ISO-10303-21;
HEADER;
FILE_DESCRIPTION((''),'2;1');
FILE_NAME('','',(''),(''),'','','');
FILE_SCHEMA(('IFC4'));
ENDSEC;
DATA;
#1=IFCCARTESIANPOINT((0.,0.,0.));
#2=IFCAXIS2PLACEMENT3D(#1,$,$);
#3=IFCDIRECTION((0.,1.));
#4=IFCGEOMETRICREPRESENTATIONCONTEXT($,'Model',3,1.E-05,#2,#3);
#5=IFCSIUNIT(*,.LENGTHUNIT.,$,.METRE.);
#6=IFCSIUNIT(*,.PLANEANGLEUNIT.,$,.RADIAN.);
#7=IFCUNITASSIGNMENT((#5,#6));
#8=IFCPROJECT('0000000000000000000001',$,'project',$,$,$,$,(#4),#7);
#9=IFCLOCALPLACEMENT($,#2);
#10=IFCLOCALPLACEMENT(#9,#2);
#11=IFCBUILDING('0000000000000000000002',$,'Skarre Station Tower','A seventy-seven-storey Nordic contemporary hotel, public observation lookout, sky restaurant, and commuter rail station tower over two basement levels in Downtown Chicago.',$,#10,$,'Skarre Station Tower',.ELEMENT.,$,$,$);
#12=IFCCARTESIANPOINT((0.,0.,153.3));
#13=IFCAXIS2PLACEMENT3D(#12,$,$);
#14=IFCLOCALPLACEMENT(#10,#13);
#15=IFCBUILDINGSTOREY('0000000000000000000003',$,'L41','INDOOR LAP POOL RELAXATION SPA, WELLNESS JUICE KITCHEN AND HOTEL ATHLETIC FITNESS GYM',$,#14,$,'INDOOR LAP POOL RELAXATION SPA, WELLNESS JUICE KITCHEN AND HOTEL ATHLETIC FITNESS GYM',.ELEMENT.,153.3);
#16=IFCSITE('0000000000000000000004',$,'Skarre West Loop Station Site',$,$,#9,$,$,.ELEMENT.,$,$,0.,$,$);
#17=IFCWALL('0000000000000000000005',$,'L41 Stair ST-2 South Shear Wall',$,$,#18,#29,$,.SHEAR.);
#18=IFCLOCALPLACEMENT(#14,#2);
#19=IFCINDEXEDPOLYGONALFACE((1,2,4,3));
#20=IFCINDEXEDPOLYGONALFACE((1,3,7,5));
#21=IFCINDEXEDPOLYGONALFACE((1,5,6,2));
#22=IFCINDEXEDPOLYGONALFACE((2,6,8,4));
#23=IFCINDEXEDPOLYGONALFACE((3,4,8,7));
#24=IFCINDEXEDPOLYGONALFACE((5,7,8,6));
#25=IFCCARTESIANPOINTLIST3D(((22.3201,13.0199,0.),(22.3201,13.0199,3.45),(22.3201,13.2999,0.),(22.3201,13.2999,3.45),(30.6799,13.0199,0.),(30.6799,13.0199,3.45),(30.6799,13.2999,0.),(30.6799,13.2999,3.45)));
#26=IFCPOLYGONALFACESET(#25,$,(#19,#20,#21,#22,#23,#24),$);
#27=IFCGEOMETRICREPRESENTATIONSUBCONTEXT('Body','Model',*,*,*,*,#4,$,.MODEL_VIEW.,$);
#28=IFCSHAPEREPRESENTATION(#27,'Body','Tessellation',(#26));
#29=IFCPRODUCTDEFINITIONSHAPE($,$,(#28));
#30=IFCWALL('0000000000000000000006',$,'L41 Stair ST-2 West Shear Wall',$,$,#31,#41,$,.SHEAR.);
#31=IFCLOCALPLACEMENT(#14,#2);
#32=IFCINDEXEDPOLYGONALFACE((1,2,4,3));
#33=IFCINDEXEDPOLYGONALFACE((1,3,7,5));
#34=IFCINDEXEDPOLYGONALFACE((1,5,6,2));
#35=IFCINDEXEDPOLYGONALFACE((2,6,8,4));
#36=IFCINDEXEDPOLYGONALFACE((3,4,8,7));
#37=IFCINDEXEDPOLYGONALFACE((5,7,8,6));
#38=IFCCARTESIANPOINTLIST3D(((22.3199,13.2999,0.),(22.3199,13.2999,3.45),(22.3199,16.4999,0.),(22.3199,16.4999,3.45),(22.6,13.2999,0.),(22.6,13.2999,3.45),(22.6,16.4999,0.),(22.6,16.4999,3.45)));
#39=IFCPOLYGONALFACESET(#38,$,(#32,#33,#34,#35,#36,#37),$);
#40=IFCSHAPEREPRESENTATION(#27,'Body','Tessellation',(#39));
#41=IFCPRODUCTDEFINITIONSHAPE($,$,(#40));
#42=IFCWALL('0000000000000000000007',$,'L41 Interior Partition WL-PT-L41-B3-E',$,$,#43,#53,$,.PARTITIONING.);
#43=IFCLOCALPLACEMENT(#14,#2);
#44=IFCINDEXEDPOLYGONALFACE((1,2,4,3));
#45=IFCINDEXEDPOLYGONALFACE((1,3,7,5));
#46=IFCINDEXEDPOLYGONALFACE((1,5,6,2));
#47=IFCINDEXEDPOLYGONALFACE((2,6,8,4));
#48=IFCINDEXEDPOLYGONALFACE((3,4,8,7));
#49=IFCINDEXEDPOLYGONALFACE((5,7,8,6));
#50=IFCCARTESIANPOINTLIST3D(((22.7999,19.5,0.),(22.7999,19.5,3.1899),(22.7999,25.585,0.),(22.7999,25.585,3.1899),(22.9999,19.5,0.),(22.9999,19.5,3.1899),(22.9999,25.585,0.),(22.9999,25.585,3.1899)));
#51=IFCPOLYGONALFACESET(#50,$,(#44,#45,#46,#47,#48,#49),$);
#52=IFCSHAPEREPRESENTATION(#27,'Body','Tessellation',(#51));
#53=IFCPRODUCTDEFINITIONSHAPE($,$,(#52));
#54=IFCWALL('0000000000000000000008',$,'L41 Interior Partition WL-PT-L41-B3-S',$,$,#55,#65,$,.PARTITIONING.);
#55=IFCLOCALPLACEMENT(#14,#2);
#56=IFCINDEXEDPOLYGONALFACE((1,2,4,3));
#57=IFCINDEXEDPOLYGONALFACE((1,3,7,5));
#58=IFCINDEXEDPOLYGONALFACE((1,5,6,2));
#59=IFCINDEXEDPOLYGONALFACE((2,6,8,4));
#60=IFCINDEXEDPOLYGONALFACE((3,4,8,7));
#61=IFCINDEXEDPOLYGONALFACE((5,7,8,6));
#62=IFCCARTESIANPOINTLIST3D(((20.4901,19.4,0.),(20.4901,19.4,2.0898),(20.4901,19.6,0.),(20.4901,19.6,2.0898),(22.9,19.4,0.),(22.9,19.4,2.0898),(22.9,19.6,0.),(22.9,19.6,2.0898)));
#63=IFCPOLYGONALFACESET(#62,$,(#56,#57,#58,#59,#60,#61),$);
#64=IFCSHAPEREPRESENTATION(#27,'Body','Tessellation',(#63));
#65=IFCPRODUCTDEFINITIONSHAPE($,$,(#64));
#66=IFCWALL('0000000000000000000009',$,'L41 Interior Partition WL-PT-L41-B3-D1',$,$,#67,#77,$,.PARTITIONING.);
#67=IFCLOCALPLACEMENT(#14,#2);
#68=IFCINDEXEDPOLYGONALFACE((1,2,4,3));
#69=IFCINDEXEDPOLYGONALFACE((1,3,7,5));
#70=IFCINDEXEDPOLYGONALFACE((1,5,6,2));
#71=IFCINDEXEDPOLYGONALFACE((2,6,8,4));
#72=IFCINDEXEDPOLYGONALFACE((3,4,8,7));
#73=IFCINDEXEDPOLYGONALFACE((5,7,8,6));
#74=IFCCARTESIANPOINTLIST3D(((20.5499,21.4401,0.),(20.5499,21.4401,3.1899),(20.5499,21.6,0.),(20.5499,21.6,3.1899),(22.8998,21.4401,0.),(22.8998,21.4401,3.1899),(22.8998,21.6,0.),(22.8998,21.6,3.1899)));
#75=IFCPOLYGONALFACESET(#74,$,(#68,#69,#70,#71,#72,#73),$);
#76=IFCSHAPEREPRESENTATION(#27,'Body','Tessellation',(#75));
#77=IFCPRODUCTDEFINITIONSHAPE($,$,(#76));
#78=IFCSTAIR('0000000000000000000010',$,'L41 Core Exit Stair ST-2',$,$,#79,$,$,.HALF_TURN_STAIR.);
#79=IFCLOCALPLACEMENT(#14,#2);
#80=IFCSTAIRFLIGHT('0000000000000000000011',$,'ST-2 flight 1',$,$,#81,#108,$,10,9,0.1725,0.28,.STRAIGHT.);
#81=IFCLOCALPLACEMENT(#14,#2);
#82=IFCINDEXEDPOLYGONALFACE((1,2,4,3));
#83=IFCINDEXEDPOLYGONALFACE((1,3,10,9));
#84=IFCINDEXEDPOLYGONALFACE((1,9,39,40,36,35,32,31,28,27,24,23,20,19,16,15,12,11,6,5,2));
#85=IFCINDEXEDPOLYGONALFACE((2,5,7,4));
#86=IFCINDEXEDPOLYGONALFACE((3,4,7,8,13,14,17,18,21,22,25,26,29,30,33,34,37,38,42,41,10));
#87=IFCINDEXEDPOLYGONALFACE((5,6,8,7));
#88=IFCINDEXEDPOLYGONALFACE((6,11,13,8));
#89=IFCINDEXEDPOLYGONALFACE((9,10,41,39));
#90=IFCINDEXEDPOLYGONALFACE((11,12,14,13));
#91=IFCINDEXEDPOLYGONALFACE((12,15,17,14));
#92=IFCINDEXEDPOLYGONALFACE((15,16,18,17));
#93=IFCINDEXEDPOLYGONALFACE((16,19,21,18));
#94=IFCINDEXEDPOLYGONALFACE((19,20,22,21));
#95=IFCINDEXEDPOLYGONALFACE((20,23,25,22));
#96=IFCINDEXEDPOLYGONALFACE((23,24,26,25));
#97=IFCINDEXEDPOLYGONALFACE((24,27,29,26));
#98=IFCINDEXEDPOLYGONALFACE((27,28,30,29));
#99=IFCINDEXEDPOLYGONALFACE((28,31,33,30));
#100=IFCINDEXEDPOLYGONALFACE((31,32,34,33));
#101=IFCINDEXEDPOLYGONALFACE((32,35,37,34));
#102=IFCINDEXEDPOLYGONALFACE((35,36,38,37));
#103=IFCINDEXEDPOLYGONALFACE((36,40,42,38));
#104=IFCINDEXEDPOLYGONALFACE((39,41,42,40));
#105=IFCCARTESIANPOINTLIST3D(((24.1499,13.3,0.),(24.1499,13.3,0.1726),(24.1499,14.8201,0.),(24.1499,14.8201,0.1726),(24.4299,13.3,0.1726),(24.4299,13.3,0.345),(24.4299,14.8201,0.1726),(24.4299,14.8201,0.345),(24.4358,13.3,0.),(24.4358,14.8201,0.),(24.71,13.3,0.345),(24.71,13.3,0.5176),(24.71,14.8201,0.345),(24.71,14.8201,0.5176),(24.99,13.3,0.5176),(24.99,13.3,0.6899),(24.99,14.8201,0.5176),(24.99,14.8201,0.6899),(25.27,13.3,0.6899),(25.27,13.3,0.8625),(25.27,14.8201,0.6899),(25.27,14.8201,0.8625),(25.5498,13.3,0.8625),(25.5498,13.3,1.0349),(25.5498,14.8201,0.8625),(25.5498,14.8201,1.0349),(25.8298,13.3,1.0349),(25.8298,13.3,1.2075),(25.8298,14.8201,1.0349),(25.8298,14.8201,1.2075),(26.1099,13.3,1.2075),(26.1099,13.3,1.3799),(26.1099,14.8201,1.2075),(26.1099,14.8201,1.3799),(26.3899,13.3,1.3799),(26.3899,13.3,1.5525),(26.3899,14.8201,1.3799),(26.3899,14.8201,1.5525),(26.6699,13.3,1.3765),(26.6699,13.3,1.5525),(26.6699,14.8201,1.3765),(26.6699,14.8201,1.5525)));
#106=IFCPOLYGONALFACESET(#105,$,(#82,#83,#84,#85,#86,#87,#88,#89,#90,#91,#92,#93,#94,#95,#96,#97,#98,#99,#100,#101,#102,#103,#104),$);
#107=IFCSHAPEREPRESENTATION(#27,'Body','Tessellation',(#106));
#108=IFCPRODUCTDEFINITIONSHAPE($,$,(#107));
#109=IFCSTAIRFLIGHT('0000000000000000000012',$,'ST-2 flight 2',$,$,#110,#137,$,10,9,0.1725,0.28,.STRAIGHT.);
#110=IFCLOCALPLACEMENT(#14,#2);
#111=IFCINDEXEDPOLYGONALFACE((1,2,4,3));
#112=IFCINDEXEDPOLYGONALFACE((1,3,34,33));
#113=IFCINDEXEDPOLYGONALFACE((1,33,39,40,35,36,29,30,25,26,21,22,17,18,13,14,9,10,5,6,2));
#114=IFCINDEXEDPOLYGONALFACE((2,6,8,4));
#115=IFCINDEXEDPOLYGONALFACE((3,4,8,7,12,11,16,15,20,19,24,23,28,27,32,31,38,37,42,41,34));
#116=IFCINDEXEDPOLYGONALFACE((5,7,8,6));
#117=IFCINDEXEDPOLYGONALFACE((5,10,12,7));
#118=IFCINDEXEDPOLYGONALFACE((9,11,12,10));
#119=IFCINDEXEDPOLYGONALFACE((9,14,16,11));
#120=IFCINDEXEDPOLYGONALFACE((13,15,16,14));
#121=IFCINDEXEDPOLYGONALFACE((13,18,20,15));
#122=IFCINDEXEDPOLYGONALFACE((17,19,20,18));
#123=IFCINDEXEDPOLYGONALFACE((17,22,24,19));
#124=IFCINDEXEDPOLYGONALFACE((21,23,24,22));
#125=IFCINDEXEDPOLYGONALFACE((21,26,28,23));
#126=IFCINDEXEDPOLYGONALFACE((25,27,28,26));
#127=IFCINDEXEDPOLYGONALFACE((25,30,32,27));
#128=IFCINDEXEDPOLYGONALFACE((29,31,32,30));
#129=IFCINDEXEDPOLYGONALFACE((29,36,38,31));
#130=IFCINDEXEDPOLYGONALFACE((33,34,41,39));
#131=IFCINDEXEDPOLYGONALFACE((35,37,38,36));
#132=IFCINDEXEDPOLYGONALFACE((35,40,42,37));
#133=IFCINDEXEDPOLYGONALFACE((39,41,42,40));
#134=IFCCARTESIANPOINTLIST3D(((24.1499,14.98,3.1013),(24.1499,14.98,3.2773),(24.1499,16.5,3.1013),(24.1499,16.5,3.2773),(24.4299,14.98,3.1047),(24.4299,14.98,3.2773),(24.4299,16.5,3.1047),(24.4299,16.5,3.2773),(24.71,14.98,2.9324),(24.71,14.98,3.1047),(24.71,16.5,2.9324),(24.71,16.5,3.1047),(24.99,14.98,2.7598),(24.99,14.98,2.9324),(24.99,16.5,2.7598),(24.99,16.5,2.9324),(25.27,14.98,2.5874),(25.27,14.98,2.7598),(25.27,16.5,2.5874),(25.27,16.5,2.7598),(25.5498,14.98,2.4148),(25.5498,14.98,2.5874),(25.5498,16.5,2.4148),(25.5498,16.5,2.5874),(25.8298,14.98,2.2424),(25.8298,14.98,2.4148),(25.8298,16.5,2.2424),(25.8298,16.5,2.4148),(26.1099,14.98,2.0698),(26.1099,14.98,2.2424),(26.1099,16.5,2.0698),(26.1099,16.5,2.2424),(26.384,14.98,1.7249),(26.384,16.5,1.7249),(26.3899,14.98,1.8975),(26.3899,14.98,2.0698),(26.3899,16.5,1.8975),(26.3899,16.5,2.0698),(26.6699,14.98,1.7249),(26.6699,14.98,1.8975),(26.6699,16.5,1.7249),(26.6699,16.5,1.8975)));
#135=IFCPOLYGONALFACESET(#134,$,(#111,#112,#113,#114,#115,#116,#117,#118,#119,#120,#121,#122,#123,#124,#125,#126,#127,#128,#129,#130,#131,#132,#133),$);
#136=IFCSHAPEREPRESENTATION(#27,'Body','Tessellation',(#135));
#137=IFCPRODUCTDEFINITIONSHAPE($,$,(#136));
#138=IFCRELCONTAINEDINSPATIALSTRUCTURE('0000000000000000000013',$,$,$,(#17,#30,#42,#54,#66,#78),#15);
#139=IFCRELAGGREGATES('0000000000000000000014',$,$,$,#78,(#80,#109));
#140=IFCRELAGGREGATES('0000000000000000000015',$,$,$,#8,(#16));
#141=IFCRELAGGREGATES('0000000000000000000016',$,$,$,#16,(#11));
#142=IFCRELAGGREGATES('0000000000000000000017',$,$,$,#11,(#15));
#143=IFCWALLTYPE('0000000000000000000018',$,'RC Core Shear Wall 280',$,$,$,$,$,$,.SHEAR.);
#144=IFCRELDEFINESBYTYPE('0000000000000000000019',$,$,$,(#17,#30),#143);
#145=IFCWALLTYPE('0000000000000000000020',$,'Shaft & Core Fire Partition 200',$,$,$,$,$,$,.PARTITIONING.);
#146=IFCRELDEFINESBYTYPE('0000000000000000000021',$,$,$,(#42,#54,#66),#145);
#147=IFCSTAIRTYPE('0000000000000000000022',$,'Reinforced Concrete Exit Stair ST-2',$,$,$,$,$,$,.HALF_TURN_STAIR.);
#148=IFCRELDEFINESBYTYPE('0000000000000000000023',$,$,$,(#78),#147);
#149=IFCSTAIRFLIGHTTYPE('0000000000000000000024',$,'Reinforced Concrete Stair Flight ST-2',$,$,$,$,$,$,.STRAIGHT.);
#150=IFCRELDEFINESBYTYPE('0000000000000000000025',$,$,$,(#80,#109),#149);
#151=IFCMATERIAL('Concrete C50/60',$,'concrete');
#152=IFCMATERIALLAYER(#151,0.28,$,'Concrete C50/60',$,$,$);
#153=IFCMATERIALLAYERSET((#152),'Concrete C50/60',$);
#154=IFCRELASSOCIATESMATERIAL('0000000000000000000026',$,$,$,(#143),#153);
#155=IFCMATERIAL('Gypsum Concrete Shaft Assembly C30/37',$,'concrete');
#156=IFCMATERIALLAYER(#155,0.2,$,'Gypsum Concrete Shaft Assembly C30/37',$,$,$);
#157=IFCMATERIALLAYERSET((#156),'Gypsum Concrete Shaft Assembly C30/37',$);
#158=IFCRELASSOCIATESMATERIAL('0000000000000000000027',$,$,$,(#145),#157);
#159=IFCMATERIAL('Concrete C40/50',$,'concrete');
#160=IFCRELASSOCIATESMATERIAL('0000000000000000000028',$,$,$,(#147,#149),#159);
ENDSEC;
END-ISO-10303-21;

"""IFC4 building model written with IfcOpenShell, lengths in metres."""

from ifc_helpers import new_model, si_unit, direction, frame, frame_2d, origin, place, context, subcontext, project, spatial, polyline, rectangle, outline, extrude, material, layer, layer_set, type_object, element, aggregate, save


model = new_model("IFC4")

# Units and contexts
model_context = context("Model", 3, precision=1e-05, world=origin(), true_north=direction((0.0, 1.0)))
body_context = subcontext(model_context, "Body", "Model", "MODEL_VIEW")
ifc_project = project(units=[si_unit("LENGTHUNIT", "METRE"), si_unit("PLANEANGLEUNIT", "RADIAN")], contexts=[model_context])

# Site, building, storey
site_placement = place(None, origin())
site = spatial("IfcSite", under=ifc_project, at=site_placement, Name="Skarre West Loop Station Site", CompositionType="ELEMENT", RefElevation=0.0)
building_placement = place(site_placement, origin())
building = spatial("IfcBuilding", under=site, at=building_placement, Name="Skarre Station Tower", Description="A seventy-seven-storey Nordic contemporary hotel, public observation lookout, sky restaurant, and commuter rail station tower over two basement levels in Downtown Chicago.", LongName="Skarre Station Tower", CompositionType="ELEMENT")
storey_placement = place(building_placement, frame((0.0, 0.0, 153.3)))
storey = spatial("IfcBuildingStorey", under=building, at=storey_placement, Name="L41", Description="INDOOR LAP POOL RELAXATION SPA, WELLNESS JUICE KITCHEN AND HOTEL ATHLETIC FITNESS GYM", LongName="INDOOR LAP POOL RELAXATION SPA, WELLNESS JUICE KITCHEN AND HOTEL ATHLETIC FITNESS GYM", CompositionType="ELEMENT", Elevation=153.3)

# Shared definitions
ifc_material_1 = material(Name="Concrete C50/60", Category="concrete")
ifc_layer_1 = layer(ifc_material_1, 0.28, Name="Concrete C50/60")
ifc_layer_set_1 = layer_set([ifc_layer_1], Name="Concrete C50/60")
wall_type_1 = type_object("IfcWallType", Name="RC Core Shear Wall 280", PredefinedType="SHEAR", material=ifc_layer_set_1)

# Walls
wall_1_placement = place(storey_placement, frame((22.3201, 13.1599, 0.0), z_axis=(0.0, 0.0, 1.0), x_axis=(1.0, 0.0, 0.0)))
element("IfcWall", 1, at=wall_1_placement, inside=storey, type_object=wall_type_1, Name="L41 Stair ST-2 South Shear Wall", PredefinedType="SHEAR", context=body_context, shape_type="SweptSolid", body=[
    extrude(rectangle(XDim=8.3599, YDim=0.28, at=frame_2d((4.1799, 0.0))), origin(), (0.0, 0.0, 1.0), 3.45),
])
wall_2_placement = place(storey_placement, frame((22.46, 16.5, 0.0), z_axis=(0.0, 0.0, 1.0), x_axis=(0.0, -1.0, 0.0)))
element("IfcWall", 2, at=wall_2_placement, inside=storey, type_object=wall_type_1, Name="L41 Stair ST-2 West Shear Wall", PredefinedType="SHEAR", context=body_context, shape_type="SweptSolid", body=[
    extrude(rectangle(XDim=3.2, YDim=0.28, at=frame_2d((1.6001, 0.0))), origin(), (0.0, 0.0, 1.0), 3.45),
])
ifc_material_2 = material(Name="Gypsum Concrete Shaft Assembly C30/37", Category="concrete")
ifc_layer_2 = layer(ifc_material_2, 0.2, Name="Gypsum Concrete Shaft Assembly C30/37")
ifc_layer_set_2 = layer_set([ifc_layer_2], Name="Gypsum Concrete Shaft Assembly C30/37")
wall_type_2 = type_object("IfcWallType", Name="Shaft & Core Fire Partition 200", PredefinedType="PARTITIONING", material=ifc_layer_set_2)
wall_3_placement = place(storey_placement, frame((22.8999, 19.5, 0.0), z_axis=(0.0, 0.0, 1.0), x_axis=(0.0, 1.0, 0.0)))
element("IfcWall", 3, at=wall_3_placement, inside=storey, type_object=wall_type_2, Name="L41 Interior Partition WL-PT-L41-B3-E", PredefinedType="PARTITIONING", context=body_context, shape_type="SweptSolid", body=[
    extrude(rectangle(XDim=6.085, YDim=0.2, at=frame_2d((3.0425, 0.0))), origin(), (0.0, 0.0, 1.0), 3.1899),
])
wall_4_placement = place(storey_placement, frame((20.49, 19.5, 0.0), z_axis=(0.0, 0.0, 1.0), x_axis=(1.0, 0.0, 0.0)))
element("IfcWall", 4, at=wall_4_placement, inside=storey, type_object=wall_type_2, Name="L41 Interior Partition WL-PT-L41-B3-S", PredefinedType="PARTITIONING", context=body_context, shape_type="SweptSolid", body=[
    extrude(rectangle(XDim=2.4099, YDim=0.2, at=frame_2d((1.2051, 0.0))), origin(), (0.0, 0.0, 1.0), 2.0898),
])
wall_5_placement = place(storey_placement, frame((20.55, 21.52, 0.0), z_axis=(0.0, 0.0, 1.0), x_axis=(1.0, 0.0, 0.0)))
element("IfcWall", 5, at=wall_5_placement, inside=storey, type_object=wall_type_2, Name="L41 Interior Partition WL-PT-L41-B3-D1", PredefinedType="PARTITIONING", context=body_context, shape_type="SweptSolid", body=[
    extrude(rectangle(XDim=2.3499, YDim=0.1599, at=frame_2d((1.1748, 0.0))), origin(), (0.0, 0.0, 1.0), 3.1899),
])

# Stair, stair flights
ifc_material_3 = material(Name="Concrete C40/50", Category="concrete")
stair_type = type_object("IfcStairType", Name="Reinforced Concrete Exit Stair ST-2", PredefinedType="HALF_TURN_STAIR", material=ifc_material_3)
stair_placement = place(storey_placement, origin())
stair = element("IfcStair", 6, at=stair_placement, inside=storey, type_object=stair_type, Name="L41 Core Exit Stair ST-2", PredefinedType="HALF_TURN_STAIR")
stair_flight_type = type_object("IfcStairFlightType", Name="Reinforced Concrete Stair Flight ST-2", PredefinedType="STRAIGHT", material=ifc_material_3)
stair_flight_1_placement = place(storey_placement, frame((24.1499, 14.0601, 0.0), z_axis=(0.0, 0.0, 1.0), x_axis=(1.0, 0.0, 0.0)))
stair_flight_1 = element("IfcStairFlight", 7, at=stair_flight_1_placement, type_object=stair_flight_type, Name="ST-2 flight 1", NumberOfRisers=10, NumberOfTreads=9, PredefinedType="STRAIGHT", RiserHeight=0.1725, TreadLength=0.28, context=body_context, shape_type="SweptSolid", body=[
    extrude(outline(polyline([(0.0, 0.0), (0.0, 0.1726), (0.28, 0.1726), (0.28, 0.345), (0.5601, 0.345), (0.5601, 0.5176), (0.8401, 0.5176), (0.8401, 0.6899), (1.1201, 0.6899), (1.1201, 0.8625), (1.3999, 0.8625), (1.3999, 1.0349), (1.6799, 1.0349), (1.6799, 1.2075), (1.96, 1.2075), (1.96, 1.3799), (2.24, 1.3799), (2.24, 1.5525), (2.52, 1.5525), (2.52, 1.7251), (2.52, 1.3765), (0.2859, 0.0), (0.0, 0.0)])), frame((0.0, 0.76, 0.0), z_axis=(0.0, -1.0, 0.0), x_axis=(1.0, 0.0, 0.0)), (0.0, 0.0, 1.0), 1.52),
])
stair_flight_2_placement = place(storey_placement, frame((26.6699, 15.74, 1.7249), z_axis=(0.0, 0.0, 1.0), x_axis=(-1.0, 0.0, 0.0)))
stair_flight_2 = element("IfcStairFlight", 8, at=stair_flight_2_placement, type_object=stair_flight_type, Name="ST-2 flight 2", NumberOfRisers=10, NumberOfTreads=9, PredefinedType="STRAIGHT", RiserHeight=0.1725, TreadLength=0.28, context=body_context, shape_type="SweptSolid", body=[
    extrude(outline(polyline([(0.0, 0.0), (0.0, 0.1726), (0.28, 0.1726), (0.28, 0.345), (0.5601, 0.345), (0.5601, 0.5176), (0.8401, 0.5176), (0.8401, 0.6899), (1.1201, 0.6899), (1.1201, 0.8625), (1.3999, 0.8625), (1.3999, 1.0349), (1.6799, 1.0349), (1.6799, 1.2075), (1.96, 1.2075), (1.96, 1.3799), (2.24, 1.3799), (2.24, 1.5525), (2.52, 1.5525), (2.52, 1.7251), (2.52, 1.3765), (0.2859, 0.0), (0.0, 0.0)])), frame((0.0, 0.76, 0.0), z_axis=(0.0, -1.0, 0.0), x_axis=(1.0, 0.0, 0.0)), (0.0, 0.0, 1.0), 1.52),
])
aggregate(stair, [stair_flight_1, stair_flight_2])

save(model, "model.ifc")
